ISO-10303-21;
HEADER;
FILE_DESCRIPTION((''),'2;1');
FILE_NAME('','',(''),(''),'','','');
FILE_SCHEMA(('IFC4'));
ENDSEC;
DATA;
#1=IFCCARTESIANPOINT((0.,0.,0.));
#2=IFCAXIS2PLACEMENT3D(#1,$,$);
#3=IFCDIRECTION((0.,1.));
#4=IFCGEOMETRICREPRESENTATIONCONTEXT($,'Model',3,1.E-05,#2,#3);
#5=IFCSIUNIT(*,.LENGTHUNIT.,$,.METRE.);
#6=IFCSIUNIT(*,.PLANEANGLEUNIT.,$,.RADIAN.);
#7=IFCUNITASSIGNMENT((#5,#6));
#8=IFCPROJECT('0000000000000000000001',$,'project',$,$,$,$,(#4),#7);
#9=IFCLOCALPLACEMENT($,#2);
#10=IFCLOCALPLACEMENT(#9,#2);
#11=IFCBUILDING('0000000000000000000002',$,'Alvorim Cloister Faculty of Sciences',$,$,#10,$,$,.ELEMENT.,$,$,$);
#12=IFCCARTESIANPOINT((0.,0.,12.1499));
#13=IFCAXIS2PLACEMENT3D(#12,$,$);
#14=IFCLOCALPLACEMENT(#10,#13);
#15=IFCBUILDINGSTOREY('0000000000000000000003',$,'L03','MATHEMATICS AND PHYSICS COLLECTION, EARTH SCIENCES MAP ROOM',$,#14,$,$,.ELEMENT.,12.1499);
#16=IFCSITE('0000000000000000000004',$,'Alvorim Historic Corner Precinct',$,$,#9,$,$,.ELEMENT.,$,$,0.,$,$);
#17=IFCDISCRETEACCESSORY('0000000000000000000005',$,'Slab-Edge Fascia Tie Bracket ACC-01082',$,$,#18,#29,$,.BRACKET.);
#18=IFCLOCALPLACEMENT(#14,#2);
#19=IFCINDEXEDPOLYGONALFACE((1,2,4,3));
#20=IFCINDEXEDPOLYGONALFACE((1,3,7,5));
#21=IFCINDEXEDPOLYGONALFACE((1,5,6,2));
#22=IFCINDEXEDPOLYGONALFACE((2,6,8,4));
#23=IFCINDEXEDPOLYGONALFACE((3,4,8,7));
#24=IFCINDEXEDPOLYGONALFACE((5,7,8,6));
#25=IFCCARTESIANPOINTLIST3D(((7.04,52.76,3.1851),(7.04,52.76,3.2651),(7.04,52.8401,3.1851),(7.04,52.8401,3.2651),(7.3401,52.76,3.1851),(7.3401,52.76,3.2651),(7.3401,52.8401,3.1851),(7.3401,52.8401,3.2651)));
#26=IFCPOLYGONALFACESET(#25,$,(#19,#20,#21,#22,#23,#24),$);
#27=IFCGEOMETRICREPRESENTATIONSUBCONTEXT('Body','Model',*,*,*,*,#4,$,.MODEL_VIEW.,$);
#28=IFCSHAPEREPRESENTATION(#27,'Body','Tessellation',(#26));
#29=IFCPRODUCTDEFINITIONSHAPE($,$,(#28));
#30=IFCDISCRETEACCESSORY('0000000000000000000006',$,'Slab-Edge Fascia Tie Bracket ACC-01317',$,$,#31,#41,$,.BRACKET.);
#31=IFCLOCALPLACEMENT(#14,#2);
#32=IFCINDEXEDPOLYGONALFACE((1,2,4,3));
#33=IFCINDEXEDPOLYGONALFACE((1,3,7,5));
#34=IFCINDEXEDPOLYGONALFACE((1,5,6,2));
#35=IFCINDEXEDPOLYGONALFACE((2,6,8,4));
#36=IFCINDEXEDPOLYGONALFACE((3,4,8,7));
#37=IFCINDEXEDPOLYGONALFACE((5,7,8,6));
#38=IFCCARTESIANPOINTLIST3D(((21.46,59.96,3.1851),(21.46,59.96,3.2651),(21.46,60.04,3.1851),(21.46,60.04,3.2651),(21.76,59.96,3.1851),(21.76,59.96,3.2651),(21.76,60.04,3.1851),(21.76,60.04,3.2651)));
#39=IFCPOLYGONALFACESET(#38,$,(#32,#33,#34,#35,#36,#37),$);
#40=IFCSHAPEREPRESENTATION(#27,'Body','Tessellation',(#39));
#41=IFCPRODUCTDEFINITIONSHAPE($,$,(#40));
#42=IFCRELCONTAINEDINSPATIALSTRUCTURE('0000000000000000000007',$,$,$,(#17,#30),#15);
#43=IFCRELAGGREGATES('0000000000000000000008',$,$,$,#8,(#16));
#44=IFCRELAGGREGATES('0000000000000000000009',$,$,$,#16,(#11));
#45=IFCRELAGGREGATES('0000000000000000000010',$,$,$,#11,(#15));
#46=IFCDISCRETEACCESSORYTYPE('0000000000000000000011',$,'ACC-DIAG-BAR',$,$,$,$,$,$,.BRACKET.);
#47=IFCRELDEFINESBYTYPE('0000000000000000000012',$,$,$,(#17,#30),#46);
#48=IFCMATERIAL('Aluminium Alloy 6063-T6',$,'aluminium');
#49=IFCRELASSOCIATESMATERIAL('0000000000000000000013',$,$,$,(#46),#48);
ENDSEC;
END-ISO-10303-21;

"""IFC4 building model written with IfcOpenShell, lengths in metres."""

from ifc_helpers import new_model, si_unit, direction, frame, origin, origin_2d, place, context, subcontext, project, spatial, rectangle, extrude, material, type_object, element, save


model = new_model("IFC4")

# Units and contexts
model_context = context("Model", 3, precision=1e-05, world=origin(), true_north=direction((0.0, 1.0)))
body_context = subcontext(model_context, "Body", "Model", "MODEL_VIEW")
ifc_project = project(units=[si_unit("LENGTHUNIT", "METRE"), si_unit("PLANEANGLEUNIT", "RADIAN")], contexts=[model_context])

# Site, building, storey
site_placement = place(None, origin())
site = spatial("IfcSite", under=ifc_project, at=site_placement, Name="Alvorim Historic Corner Precinct", CompositionType="ELEMENT", RefElevation=0.0)
building_placement = place(site_placement, origin())
building = spatial("IfcBuilding", under=site, at=building_placement, Name="Alvorim Cloister Faculty of Sciences", CompositionType="ELEMENT")
storey_placement = place(building_placement, frame((0.0, 0.0, 12.1499)))
storey = spatial("IfcBuildingStorey", under=building, at=storey_placement, Name="L03", Description="MATHEMATICS AND PHYSICS COLLECTION, EARTH SCIENCES MAP ROOM", CompositionType="ELEMENT", Elevation=12.1499)

# Shared definitions
ifc_material_1 = material(Name="Aluminium Alloy 6063-T6", Category="aluminium")

# Discrete accessories
discrete_accessory_type = type_object("IfcDiscreteAccessoryType", Name="ACC-DIAG-BAR", PredefinedType="BRACKET", material=ifc_material_1)
for number, where, z_axis, x_axis, name in (
    (1, (7.3401, 52.8, 3.2251), (-1.0, 0.0, 0.0), (0.0, -1.0, 0.0), "Slab-Edge Fascia Tie Bracket ACC-01082"),
    (2, (21.46, 60.0, 3.2251), (1.0, 0.0, 0.0), (0.0, 1.0, 0.0), "Slab-Edge Fascia Tie Bracket ACC-01317"),
):
    element("IfcDiscreteAccessory", number, at=place(storey_placement, frame(where, z_axis=z_axis, x_axis=x_axis)), inside=storey, type_object=discrete_accessory_type, Name=name, PredefinedType="BRACKET", context=body_context, shape_type="SweptSolid", body=[
        extrude(rectangle(XDim=0.0801, YDim=0.0801, at=origin_2d()), origin(), (0.0, 0.0, 1.0), 0.3),
    ])

save(model, "model.ifc")
